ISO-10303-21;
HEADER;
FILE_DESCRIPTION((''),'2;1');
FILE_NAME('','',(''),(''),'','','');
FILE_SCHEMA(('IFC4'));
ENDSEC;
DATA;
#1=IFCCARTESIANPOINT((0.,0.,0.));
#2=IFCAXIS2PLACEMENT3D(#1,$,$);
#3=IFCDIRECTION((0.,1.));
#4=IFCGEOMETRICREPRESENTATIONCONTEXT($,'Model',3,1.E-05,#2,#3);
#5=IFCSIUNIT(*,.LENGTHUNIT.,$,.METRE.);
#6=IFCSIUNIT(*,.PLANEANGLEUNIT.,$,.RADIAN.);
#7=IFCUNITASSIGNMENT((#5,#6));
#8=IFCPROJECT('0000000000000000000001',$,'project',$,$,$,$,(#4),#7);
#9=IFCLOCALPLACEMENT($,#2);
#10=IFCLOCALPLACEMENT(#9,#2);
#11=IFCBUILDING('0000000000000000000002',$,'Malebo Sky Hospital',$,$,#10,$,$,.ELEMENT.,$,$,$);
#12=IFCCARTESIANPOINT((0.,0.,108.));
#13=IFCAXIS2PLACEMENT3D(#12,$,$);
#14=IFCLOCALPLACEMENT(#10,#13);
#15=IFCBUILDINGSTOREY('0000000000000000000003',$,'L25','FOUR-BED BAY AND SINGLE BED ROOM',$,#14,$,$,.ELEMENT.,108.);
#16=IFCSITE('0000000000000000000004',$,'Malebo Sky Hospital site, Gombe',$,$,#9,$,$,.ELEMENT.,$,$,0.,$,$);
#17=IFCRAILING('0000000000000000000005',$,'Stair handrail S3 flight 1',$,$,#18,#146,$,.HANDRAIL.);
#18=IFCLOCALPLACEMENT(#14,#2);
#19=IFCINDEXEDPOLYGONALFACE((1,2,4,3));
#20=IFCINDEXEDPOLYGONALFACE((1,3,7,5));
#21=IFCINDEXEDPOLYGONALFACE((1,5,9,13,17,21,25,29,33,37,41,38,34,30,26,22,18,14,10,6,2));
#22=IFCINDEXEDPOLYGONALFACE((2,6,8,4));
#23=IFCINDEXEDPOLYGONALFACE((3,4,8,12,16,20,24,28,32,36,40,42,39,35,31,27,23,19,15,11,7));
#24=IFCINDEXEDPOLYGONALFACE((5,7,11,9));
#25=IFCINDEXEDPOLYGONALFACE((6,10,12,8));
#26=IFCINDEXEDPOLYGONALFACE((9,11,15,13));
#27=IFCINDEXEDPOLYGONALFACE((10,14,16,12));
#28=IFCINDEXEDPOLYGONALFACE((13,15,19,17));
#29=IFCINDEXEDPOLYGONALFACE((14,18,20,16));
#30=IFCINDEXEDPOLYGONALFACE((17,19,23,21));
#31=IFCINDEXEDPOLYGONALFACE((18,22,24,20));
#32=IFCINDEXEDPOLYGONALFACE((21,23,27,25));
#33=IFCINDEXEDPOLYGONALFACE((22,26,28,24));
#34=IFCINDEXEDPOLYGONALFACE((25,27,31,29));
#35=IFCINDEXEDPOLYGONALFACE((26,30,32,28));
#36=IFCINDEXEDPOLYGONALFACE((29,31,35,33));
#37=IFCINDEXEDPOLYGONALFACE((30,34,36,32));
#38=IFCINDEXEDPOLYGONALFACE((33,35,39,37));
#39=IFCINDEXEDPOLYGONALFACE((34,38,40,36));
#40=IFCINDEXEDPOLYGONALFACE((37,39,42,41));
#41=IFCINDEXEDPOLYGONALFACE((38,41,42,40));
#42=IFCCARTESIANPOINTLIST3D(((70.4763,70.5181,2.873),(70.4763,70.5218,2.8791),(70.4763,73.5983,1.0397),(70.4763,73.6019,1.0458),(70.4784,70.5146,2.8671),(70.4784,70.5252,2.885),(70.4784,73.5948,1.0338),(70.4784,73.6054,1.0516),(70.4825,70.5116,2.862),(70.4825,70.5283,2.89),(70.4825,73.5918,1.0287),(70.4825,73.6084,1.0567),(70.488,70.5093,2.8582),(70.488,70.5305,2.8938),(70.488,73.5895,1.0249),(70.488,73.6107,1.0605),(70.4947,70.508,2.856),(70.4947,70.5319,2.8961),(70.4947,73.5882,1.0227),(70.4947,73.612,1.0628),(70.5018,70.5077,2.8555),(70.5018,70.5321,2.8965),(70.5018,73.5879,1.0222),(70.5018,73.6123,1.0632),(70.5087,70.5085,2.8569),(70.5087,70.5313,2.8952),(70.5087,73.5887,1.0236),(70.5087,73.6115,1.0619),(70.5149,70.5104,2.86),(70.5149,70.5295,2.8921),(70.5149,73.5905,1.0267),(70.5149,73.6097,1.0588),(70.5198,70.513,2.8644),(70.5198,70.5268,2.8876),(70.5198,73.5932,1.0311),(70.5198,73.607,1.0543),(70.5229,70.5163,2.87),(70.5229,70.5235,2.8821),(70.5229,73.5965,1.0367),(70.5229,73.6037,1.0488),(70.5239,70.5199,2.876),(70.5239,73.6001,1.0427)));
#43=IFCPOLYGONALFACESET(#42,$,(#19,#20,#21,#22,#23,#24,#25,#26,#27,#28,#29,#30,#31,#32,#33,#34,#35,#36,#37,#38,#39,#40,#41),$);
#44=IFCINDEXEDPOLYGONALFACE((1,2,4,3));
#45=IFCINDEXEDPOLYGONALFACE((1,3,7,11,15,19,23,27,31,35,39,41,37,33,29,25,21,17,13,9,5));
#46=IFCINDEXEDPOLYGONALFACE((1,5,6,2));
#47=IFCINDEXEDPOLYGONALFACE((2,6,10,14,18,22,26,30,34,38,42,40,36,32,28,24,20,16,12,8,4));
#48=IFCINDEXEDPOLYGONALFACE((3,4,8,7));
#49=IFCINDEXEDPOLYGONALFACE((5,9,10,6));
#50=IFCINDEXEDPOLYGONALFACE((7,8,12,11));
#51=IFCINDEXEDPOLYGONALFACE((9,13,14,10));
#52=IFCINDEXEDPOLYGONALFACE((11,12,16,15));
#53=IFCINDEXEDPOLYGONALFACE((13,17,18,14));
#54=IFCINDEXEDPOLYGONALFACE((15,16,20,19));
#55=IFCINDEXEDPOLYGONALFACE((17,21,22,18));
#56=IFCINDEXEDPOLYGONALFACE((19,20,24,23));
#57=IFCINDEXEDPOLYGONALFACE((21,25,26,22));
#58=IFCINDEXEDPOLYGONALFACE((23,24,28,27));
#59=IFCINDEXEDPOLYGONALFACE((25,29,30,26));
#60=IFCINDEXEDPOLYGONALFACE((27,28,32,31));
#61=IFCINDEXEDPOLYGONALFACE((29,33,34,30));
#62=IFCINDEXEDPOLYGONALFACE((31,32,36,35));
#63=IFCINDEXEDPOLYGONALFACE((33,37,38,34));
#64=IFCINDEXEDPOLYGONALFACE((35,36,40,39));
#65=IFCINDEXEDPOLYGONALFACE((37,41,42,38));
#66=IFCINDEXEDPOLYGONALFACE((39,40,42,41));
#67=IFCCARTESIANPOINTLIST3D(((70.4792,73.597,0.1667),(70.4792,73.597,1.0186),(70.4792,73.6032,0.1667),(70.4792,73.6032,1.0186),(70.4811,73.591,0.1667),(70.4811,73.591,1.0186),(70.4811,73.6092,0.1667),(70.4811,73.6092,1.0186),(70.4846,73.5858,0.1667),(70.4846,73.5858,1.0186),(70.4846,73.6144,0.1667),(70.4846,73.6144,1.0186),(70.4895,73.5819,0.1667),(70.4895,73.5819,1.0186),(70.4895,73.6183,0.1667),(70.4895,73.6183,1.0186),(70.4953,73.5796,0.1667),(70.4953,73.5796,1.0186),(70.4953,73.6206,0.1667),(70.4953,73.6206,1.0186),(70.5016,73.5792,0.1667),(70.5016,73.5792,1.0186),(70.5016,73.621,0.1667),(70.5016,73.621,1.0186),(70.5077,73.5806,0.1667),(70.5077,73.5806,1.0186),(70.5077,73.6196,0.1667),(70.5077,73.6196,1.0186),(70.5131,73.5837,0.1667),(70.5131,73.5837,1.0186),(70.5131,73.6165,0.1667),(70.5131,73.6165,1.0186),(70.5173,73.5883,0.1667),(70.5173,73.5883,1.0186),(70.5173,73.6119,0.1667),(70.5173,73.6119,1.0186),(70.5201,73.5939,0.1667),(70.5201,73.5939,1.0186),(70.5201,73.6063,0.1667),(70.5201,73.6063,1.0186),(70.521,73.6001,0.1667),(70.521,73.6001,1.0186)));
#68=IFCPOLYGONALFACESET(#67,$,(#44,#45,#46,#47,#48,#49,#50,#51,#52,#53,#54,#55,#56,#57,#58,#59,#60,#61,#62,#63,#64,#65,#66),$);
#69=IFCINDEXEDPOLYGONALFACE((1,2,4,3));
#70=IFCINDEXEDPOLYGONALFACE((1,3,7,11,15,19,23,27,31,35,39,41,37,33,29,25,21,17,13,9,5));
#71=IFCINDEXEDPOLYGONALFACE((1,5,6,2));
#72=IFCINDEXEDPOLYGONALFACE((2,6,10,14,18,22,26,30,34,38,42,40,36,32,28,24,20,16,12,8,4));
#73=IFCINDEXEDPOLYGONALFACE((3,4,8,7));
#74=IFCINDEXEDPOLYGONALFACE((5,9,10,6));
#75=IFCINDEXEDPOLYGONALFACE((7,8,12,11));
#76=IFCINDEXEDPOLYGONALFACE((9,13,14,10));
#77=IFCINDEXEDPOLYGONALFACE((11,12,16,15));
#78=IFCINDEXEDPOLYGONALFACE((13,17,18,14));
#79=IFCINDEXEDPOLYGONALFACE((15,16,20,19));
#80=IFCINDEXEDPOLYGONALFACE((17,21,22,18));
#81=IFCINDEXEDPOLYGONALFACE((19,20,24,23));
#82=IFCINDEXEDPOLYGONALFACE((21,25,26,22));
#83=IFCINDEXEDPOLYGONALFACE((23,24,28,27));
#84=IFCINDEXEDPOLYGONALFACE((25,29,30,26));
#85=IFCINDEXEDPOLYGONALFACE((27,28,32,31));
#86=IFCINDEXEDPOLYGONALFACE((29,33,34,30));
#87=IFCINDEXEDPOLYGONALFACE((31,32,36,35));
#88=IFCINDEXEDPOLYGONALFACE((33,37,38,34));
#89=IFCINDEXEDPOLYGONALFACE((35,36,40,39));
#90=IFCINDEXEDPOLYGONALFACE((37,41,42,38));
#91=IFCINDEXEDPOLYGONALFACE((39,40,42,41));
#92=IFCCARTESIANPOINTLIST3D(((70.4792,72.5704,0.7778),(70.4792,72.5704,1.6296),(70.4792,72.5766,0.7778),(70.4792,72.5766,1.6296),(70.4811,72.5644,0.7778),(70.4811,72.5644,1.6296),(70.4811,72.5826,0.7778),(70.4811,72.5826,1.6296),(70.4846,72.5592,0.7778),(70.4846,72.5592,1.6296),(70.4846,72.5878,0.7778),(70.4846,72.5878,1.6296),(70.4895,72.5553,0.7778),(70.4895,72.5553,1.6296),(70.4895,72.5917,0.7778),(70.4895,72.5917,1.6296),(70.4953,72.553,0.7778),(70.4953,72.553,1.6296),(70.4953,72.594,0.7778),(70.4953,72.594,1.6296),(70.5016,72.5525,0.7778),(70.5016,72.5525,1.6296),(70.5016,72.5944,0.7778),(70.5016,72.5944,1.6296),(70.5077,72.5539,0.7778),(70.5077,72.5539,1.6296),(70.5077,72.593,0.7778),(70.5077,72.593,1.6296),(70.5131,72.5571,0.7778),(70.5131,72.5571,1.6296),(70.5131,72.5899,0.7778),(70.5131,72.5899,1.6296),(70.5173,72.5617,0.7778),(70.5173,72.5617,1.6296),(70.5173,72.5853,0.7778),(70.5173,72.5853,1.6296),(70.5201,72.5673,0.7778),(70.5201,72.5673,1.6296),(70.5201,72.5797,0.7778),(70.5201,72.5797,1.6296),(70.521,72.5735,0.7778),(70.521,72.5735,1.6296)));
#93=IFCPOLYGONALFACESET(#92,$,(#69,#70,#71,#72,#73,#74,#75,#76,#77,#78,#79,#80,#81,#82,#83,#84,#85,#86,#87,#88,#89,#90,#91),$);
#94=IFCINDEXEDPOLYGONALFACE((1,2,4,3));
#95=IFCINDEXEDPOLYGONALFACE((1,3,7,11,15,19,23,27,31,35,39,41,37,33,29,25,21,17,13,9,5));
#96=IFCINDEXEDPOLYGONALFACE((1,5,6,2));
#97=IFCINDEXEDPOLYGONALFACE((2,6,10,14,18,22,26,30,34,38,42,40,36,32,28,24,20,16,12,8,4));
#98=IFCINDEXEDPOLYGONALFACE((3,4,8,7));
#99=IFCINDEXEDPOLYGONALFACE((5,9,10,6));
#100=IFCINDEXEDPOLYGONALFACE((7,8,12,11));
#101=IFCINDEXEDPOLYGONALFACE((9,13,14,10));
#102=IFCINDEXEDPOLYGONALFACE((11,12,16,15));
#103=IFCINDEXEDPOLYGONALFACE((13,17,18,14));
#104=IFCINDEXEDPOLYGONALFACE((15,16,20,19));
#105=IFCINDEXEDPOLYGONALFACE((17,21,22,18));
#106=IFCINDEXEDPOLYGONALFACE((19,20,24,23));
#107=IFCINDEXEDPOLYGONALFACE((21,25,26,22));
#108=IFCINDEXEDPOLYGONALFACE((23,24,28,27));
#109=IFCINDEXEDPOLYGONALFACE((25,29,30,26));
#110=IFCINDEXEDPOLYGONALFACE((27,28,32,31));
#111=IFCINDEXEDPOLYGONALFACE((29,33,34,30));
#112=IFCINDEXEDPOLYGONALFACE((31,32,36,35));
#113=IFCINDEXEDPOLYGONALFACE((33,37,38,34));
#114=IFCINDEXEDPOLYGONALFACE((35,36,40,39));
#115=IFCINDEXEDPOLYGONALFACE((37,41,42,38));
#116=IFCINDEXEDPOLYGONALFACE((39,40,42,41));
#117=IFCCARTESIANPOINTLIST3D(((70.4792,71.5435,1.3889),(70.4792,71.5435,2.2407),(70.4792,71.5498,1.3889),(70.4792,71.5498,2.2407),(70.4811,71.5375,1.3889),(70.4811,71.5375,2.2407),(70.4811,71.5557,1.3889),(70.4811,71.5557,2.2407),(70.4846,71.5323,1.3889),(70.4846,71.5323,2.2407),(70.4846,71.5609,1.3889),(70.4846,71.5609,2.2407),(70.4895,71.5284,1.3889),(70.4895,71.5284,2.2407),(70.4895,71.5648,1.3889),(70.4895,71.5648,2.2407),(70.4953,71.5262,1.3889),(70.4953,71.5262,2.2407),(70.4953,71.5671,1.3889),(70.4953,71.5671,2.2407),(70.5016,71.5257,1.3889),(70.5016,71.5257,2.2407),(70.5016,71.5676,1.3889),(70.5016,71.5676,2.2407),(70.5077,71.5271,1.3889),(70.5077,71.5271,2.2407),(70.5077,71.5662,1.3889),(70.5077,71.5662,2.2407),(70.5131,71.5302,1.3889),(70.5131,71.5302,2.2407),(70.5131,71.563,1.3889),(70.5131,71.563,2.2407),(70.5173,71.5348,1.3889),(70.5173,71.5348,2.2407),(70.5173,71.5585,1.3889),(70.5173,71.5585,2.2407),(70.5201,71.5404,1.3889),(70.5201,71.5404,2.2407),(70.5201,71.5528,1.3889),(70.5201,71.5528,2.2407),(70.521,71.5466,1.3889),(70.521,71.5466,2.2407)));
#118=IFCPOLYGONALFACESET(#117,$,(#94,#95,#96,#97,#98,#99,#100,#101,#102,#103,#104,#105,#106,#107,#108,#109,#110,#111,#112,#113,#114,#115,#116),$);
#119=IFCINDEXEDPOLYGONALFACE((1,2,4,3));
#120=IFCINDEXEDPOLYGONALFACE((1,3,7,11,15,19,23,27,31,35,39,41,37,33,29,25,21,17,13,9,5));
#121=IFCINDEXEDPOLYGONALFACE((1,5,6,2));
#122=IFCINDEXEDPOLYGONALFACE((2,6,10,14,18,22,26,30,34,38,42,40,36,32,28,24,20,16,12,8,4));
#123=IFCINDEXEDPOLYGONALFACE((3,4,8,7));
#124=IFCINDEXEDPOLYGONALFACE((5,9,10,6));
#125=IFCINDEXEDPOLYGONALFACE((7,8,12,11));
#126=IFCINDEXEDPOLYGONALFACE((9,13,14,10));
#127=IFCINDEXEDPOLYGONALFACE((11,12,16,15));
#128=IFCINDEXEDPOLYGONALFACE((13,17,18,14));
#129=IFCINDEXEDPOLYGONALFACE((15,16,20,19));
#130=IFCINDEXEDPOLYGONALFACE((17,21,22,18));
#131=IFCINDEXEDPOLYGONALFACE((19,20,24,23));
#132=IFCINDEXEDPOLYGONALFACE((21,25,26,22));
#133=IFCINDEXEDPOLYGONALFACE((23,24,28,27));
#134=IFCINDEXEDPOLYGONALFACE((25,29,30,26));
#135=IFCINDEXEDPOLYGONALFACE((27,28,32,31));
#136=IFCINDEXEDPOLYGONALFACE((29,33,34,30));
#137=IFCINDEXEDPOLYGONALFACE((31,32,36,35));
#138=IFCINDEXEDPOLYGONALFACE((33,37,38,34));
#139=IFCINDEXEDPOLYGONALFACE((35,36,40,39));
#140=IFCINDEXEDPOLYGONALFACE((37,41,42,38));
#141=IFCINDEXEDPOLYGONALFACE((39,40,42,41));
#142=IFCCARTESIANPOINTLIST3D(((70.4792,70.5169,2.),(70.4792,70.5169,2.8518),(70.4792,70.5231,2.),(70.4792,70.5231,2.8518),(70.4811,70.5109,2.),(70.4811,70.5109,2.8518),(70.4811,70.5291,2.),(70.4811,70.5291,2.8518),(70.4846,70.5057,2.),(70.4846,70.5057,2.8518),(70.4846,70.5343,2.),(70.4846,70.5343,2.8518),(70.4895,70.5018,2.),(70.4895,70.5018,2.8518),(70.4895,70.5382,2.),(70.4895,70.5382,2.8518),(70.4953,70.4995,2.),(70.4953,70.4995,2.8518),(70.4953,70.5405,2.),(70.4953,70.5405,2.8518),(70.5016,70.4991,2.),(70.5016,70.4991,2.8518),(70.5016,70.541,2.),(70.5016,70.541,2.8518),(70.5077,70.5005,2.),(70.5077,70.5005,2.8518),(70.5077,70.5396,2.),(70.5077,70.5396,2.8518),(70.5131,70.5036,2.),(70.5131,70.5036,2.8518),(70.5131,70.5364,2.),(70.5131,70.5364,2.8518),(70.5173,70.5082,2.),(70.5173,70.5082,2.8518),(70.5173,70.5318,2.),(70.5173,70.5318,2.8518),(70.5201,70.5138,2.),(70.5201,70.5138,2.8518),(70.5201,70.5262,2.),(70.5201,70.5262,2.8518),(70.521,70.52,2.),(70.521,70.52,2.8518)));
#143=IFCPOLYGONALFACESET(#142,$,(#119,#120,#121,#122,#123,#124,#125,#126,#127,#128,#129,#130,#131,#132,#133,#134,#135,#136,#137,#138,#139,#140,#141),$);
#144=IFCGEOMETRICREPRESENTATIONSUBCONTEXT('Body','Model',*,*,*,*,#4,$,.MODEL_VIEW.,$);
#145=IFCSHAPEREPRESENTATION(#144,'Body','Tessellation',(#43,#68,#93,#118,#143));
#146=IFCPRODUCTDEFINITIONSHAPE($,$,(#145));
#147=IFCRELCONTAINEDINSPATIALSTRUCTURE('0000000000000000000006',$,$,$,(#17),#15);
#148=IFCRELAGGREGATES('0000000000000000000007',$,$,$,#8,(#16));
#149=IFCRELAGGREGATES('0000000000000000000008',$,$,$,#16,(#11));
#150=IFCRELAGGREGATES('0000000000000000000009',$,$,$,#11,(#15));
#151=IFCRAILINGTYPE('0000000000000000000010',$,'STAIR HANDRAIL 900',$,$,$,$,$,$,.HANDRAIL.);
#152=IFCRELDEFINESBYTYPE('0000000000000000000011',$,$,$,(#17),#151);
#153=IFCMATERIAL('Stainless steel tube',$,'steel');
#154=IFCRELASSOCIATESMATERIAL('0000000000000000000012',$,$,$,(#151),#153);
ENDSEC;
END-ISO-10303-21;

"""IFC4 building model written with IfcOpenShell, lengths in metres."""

from ifc_helpers import new_model, si_unit, direction, frame, origin, origin_2d, place, context, subcontext, project, spatial, circle, extrude, material, type_object, element, save


model = new_model("IFC4")

# Units and contexts
model_context = context("Model", 3, precision=1e-05, world=origin(), true_north=direction((0.0, 1.0)))
body_context = subcontext(model_context, "Body", "Model", "MODEL_VIEW")
ifc_project = project(units=[si_unit("LENGTHUNIT", "METRE"), si_unit("PLANEANGLEUNIT", "RADIAN")], contexts=[model_context])

# Site, building, storey
site_placement = place(None, origin())
site = spatial("IfcSite", under=ifc_project, at=site_placement, Name="Malebo Sky Hospital site, Gombe", CompositionType="ELEMENT", RefElevation=0.0)
building_placement = place(site_placement, origin())
building = spatial("IfcBuilding", under=site, at=building_placement, Name="Malebo Sky Hospital", CompositionType="ELEMENT")
storey_placement = place(building_placement, frame((0.0, 0.0, 108.0)))
storey = spatial("IfcBuildingStorey", under=building, at=storey_placement, Name="L25", Description="FOUR-BED BAY AND SINGLE BED ROOM", CompositionType="ELEMENT", Elevation=108.0)

# Railing
ifc_material_1 = material(Name="Stainless steel tube", Category="steel")
railing_type = type_object("IfcRailingType", Name="STAIR HANDRAIL 900", PredefinedType="HANDRAIL", material=ifc_material_1)
railing_1_placement = place(storey_placement, frame((70.5, 73.6001, 0.1667)))
element("IfcRailing", 1, at=railing_1_placement, inside=storey, type_object=railing_type, Name="Stair handrail S3 flight 1", PredefinedType="HANDRAIL", context=body_context, shape_type="SweptSolid", body=[
    extrude(circle(Radius=0.0239, at=origin_2d()), frame((0.0, 0.0, 0.876), z_axis=(0.0, -0.859309, 0.511458), x_axis=(1.0, 0.0, 0.0)), (0.0, 0.0, 1.0), 3.5845),
    extrude(circle(Radius=0.021, at=origin_2d()), origin(), (0.0, 0.0, 1.0), 0.8518),
    extrude(circle(Radius=0.021, at=origin_2d()), frame((0.0, -1.0266, 0.6111)), (0.0, 0.0, 1.0), 0.8518),
    extrude(circle(Radius=0.021, at=origin_2d()), frame((0.0, -2.0535, 1.2222)), (0.0, 0.0, 1.0), 0.8518),
    extrude(circle(Radius=0.021, at=origin_2d()), frame((0.0, -3.0801, 1.8333)), (0.0, 0.0, 1.0), 0.8518),
])

save(model, "model.ifc")
